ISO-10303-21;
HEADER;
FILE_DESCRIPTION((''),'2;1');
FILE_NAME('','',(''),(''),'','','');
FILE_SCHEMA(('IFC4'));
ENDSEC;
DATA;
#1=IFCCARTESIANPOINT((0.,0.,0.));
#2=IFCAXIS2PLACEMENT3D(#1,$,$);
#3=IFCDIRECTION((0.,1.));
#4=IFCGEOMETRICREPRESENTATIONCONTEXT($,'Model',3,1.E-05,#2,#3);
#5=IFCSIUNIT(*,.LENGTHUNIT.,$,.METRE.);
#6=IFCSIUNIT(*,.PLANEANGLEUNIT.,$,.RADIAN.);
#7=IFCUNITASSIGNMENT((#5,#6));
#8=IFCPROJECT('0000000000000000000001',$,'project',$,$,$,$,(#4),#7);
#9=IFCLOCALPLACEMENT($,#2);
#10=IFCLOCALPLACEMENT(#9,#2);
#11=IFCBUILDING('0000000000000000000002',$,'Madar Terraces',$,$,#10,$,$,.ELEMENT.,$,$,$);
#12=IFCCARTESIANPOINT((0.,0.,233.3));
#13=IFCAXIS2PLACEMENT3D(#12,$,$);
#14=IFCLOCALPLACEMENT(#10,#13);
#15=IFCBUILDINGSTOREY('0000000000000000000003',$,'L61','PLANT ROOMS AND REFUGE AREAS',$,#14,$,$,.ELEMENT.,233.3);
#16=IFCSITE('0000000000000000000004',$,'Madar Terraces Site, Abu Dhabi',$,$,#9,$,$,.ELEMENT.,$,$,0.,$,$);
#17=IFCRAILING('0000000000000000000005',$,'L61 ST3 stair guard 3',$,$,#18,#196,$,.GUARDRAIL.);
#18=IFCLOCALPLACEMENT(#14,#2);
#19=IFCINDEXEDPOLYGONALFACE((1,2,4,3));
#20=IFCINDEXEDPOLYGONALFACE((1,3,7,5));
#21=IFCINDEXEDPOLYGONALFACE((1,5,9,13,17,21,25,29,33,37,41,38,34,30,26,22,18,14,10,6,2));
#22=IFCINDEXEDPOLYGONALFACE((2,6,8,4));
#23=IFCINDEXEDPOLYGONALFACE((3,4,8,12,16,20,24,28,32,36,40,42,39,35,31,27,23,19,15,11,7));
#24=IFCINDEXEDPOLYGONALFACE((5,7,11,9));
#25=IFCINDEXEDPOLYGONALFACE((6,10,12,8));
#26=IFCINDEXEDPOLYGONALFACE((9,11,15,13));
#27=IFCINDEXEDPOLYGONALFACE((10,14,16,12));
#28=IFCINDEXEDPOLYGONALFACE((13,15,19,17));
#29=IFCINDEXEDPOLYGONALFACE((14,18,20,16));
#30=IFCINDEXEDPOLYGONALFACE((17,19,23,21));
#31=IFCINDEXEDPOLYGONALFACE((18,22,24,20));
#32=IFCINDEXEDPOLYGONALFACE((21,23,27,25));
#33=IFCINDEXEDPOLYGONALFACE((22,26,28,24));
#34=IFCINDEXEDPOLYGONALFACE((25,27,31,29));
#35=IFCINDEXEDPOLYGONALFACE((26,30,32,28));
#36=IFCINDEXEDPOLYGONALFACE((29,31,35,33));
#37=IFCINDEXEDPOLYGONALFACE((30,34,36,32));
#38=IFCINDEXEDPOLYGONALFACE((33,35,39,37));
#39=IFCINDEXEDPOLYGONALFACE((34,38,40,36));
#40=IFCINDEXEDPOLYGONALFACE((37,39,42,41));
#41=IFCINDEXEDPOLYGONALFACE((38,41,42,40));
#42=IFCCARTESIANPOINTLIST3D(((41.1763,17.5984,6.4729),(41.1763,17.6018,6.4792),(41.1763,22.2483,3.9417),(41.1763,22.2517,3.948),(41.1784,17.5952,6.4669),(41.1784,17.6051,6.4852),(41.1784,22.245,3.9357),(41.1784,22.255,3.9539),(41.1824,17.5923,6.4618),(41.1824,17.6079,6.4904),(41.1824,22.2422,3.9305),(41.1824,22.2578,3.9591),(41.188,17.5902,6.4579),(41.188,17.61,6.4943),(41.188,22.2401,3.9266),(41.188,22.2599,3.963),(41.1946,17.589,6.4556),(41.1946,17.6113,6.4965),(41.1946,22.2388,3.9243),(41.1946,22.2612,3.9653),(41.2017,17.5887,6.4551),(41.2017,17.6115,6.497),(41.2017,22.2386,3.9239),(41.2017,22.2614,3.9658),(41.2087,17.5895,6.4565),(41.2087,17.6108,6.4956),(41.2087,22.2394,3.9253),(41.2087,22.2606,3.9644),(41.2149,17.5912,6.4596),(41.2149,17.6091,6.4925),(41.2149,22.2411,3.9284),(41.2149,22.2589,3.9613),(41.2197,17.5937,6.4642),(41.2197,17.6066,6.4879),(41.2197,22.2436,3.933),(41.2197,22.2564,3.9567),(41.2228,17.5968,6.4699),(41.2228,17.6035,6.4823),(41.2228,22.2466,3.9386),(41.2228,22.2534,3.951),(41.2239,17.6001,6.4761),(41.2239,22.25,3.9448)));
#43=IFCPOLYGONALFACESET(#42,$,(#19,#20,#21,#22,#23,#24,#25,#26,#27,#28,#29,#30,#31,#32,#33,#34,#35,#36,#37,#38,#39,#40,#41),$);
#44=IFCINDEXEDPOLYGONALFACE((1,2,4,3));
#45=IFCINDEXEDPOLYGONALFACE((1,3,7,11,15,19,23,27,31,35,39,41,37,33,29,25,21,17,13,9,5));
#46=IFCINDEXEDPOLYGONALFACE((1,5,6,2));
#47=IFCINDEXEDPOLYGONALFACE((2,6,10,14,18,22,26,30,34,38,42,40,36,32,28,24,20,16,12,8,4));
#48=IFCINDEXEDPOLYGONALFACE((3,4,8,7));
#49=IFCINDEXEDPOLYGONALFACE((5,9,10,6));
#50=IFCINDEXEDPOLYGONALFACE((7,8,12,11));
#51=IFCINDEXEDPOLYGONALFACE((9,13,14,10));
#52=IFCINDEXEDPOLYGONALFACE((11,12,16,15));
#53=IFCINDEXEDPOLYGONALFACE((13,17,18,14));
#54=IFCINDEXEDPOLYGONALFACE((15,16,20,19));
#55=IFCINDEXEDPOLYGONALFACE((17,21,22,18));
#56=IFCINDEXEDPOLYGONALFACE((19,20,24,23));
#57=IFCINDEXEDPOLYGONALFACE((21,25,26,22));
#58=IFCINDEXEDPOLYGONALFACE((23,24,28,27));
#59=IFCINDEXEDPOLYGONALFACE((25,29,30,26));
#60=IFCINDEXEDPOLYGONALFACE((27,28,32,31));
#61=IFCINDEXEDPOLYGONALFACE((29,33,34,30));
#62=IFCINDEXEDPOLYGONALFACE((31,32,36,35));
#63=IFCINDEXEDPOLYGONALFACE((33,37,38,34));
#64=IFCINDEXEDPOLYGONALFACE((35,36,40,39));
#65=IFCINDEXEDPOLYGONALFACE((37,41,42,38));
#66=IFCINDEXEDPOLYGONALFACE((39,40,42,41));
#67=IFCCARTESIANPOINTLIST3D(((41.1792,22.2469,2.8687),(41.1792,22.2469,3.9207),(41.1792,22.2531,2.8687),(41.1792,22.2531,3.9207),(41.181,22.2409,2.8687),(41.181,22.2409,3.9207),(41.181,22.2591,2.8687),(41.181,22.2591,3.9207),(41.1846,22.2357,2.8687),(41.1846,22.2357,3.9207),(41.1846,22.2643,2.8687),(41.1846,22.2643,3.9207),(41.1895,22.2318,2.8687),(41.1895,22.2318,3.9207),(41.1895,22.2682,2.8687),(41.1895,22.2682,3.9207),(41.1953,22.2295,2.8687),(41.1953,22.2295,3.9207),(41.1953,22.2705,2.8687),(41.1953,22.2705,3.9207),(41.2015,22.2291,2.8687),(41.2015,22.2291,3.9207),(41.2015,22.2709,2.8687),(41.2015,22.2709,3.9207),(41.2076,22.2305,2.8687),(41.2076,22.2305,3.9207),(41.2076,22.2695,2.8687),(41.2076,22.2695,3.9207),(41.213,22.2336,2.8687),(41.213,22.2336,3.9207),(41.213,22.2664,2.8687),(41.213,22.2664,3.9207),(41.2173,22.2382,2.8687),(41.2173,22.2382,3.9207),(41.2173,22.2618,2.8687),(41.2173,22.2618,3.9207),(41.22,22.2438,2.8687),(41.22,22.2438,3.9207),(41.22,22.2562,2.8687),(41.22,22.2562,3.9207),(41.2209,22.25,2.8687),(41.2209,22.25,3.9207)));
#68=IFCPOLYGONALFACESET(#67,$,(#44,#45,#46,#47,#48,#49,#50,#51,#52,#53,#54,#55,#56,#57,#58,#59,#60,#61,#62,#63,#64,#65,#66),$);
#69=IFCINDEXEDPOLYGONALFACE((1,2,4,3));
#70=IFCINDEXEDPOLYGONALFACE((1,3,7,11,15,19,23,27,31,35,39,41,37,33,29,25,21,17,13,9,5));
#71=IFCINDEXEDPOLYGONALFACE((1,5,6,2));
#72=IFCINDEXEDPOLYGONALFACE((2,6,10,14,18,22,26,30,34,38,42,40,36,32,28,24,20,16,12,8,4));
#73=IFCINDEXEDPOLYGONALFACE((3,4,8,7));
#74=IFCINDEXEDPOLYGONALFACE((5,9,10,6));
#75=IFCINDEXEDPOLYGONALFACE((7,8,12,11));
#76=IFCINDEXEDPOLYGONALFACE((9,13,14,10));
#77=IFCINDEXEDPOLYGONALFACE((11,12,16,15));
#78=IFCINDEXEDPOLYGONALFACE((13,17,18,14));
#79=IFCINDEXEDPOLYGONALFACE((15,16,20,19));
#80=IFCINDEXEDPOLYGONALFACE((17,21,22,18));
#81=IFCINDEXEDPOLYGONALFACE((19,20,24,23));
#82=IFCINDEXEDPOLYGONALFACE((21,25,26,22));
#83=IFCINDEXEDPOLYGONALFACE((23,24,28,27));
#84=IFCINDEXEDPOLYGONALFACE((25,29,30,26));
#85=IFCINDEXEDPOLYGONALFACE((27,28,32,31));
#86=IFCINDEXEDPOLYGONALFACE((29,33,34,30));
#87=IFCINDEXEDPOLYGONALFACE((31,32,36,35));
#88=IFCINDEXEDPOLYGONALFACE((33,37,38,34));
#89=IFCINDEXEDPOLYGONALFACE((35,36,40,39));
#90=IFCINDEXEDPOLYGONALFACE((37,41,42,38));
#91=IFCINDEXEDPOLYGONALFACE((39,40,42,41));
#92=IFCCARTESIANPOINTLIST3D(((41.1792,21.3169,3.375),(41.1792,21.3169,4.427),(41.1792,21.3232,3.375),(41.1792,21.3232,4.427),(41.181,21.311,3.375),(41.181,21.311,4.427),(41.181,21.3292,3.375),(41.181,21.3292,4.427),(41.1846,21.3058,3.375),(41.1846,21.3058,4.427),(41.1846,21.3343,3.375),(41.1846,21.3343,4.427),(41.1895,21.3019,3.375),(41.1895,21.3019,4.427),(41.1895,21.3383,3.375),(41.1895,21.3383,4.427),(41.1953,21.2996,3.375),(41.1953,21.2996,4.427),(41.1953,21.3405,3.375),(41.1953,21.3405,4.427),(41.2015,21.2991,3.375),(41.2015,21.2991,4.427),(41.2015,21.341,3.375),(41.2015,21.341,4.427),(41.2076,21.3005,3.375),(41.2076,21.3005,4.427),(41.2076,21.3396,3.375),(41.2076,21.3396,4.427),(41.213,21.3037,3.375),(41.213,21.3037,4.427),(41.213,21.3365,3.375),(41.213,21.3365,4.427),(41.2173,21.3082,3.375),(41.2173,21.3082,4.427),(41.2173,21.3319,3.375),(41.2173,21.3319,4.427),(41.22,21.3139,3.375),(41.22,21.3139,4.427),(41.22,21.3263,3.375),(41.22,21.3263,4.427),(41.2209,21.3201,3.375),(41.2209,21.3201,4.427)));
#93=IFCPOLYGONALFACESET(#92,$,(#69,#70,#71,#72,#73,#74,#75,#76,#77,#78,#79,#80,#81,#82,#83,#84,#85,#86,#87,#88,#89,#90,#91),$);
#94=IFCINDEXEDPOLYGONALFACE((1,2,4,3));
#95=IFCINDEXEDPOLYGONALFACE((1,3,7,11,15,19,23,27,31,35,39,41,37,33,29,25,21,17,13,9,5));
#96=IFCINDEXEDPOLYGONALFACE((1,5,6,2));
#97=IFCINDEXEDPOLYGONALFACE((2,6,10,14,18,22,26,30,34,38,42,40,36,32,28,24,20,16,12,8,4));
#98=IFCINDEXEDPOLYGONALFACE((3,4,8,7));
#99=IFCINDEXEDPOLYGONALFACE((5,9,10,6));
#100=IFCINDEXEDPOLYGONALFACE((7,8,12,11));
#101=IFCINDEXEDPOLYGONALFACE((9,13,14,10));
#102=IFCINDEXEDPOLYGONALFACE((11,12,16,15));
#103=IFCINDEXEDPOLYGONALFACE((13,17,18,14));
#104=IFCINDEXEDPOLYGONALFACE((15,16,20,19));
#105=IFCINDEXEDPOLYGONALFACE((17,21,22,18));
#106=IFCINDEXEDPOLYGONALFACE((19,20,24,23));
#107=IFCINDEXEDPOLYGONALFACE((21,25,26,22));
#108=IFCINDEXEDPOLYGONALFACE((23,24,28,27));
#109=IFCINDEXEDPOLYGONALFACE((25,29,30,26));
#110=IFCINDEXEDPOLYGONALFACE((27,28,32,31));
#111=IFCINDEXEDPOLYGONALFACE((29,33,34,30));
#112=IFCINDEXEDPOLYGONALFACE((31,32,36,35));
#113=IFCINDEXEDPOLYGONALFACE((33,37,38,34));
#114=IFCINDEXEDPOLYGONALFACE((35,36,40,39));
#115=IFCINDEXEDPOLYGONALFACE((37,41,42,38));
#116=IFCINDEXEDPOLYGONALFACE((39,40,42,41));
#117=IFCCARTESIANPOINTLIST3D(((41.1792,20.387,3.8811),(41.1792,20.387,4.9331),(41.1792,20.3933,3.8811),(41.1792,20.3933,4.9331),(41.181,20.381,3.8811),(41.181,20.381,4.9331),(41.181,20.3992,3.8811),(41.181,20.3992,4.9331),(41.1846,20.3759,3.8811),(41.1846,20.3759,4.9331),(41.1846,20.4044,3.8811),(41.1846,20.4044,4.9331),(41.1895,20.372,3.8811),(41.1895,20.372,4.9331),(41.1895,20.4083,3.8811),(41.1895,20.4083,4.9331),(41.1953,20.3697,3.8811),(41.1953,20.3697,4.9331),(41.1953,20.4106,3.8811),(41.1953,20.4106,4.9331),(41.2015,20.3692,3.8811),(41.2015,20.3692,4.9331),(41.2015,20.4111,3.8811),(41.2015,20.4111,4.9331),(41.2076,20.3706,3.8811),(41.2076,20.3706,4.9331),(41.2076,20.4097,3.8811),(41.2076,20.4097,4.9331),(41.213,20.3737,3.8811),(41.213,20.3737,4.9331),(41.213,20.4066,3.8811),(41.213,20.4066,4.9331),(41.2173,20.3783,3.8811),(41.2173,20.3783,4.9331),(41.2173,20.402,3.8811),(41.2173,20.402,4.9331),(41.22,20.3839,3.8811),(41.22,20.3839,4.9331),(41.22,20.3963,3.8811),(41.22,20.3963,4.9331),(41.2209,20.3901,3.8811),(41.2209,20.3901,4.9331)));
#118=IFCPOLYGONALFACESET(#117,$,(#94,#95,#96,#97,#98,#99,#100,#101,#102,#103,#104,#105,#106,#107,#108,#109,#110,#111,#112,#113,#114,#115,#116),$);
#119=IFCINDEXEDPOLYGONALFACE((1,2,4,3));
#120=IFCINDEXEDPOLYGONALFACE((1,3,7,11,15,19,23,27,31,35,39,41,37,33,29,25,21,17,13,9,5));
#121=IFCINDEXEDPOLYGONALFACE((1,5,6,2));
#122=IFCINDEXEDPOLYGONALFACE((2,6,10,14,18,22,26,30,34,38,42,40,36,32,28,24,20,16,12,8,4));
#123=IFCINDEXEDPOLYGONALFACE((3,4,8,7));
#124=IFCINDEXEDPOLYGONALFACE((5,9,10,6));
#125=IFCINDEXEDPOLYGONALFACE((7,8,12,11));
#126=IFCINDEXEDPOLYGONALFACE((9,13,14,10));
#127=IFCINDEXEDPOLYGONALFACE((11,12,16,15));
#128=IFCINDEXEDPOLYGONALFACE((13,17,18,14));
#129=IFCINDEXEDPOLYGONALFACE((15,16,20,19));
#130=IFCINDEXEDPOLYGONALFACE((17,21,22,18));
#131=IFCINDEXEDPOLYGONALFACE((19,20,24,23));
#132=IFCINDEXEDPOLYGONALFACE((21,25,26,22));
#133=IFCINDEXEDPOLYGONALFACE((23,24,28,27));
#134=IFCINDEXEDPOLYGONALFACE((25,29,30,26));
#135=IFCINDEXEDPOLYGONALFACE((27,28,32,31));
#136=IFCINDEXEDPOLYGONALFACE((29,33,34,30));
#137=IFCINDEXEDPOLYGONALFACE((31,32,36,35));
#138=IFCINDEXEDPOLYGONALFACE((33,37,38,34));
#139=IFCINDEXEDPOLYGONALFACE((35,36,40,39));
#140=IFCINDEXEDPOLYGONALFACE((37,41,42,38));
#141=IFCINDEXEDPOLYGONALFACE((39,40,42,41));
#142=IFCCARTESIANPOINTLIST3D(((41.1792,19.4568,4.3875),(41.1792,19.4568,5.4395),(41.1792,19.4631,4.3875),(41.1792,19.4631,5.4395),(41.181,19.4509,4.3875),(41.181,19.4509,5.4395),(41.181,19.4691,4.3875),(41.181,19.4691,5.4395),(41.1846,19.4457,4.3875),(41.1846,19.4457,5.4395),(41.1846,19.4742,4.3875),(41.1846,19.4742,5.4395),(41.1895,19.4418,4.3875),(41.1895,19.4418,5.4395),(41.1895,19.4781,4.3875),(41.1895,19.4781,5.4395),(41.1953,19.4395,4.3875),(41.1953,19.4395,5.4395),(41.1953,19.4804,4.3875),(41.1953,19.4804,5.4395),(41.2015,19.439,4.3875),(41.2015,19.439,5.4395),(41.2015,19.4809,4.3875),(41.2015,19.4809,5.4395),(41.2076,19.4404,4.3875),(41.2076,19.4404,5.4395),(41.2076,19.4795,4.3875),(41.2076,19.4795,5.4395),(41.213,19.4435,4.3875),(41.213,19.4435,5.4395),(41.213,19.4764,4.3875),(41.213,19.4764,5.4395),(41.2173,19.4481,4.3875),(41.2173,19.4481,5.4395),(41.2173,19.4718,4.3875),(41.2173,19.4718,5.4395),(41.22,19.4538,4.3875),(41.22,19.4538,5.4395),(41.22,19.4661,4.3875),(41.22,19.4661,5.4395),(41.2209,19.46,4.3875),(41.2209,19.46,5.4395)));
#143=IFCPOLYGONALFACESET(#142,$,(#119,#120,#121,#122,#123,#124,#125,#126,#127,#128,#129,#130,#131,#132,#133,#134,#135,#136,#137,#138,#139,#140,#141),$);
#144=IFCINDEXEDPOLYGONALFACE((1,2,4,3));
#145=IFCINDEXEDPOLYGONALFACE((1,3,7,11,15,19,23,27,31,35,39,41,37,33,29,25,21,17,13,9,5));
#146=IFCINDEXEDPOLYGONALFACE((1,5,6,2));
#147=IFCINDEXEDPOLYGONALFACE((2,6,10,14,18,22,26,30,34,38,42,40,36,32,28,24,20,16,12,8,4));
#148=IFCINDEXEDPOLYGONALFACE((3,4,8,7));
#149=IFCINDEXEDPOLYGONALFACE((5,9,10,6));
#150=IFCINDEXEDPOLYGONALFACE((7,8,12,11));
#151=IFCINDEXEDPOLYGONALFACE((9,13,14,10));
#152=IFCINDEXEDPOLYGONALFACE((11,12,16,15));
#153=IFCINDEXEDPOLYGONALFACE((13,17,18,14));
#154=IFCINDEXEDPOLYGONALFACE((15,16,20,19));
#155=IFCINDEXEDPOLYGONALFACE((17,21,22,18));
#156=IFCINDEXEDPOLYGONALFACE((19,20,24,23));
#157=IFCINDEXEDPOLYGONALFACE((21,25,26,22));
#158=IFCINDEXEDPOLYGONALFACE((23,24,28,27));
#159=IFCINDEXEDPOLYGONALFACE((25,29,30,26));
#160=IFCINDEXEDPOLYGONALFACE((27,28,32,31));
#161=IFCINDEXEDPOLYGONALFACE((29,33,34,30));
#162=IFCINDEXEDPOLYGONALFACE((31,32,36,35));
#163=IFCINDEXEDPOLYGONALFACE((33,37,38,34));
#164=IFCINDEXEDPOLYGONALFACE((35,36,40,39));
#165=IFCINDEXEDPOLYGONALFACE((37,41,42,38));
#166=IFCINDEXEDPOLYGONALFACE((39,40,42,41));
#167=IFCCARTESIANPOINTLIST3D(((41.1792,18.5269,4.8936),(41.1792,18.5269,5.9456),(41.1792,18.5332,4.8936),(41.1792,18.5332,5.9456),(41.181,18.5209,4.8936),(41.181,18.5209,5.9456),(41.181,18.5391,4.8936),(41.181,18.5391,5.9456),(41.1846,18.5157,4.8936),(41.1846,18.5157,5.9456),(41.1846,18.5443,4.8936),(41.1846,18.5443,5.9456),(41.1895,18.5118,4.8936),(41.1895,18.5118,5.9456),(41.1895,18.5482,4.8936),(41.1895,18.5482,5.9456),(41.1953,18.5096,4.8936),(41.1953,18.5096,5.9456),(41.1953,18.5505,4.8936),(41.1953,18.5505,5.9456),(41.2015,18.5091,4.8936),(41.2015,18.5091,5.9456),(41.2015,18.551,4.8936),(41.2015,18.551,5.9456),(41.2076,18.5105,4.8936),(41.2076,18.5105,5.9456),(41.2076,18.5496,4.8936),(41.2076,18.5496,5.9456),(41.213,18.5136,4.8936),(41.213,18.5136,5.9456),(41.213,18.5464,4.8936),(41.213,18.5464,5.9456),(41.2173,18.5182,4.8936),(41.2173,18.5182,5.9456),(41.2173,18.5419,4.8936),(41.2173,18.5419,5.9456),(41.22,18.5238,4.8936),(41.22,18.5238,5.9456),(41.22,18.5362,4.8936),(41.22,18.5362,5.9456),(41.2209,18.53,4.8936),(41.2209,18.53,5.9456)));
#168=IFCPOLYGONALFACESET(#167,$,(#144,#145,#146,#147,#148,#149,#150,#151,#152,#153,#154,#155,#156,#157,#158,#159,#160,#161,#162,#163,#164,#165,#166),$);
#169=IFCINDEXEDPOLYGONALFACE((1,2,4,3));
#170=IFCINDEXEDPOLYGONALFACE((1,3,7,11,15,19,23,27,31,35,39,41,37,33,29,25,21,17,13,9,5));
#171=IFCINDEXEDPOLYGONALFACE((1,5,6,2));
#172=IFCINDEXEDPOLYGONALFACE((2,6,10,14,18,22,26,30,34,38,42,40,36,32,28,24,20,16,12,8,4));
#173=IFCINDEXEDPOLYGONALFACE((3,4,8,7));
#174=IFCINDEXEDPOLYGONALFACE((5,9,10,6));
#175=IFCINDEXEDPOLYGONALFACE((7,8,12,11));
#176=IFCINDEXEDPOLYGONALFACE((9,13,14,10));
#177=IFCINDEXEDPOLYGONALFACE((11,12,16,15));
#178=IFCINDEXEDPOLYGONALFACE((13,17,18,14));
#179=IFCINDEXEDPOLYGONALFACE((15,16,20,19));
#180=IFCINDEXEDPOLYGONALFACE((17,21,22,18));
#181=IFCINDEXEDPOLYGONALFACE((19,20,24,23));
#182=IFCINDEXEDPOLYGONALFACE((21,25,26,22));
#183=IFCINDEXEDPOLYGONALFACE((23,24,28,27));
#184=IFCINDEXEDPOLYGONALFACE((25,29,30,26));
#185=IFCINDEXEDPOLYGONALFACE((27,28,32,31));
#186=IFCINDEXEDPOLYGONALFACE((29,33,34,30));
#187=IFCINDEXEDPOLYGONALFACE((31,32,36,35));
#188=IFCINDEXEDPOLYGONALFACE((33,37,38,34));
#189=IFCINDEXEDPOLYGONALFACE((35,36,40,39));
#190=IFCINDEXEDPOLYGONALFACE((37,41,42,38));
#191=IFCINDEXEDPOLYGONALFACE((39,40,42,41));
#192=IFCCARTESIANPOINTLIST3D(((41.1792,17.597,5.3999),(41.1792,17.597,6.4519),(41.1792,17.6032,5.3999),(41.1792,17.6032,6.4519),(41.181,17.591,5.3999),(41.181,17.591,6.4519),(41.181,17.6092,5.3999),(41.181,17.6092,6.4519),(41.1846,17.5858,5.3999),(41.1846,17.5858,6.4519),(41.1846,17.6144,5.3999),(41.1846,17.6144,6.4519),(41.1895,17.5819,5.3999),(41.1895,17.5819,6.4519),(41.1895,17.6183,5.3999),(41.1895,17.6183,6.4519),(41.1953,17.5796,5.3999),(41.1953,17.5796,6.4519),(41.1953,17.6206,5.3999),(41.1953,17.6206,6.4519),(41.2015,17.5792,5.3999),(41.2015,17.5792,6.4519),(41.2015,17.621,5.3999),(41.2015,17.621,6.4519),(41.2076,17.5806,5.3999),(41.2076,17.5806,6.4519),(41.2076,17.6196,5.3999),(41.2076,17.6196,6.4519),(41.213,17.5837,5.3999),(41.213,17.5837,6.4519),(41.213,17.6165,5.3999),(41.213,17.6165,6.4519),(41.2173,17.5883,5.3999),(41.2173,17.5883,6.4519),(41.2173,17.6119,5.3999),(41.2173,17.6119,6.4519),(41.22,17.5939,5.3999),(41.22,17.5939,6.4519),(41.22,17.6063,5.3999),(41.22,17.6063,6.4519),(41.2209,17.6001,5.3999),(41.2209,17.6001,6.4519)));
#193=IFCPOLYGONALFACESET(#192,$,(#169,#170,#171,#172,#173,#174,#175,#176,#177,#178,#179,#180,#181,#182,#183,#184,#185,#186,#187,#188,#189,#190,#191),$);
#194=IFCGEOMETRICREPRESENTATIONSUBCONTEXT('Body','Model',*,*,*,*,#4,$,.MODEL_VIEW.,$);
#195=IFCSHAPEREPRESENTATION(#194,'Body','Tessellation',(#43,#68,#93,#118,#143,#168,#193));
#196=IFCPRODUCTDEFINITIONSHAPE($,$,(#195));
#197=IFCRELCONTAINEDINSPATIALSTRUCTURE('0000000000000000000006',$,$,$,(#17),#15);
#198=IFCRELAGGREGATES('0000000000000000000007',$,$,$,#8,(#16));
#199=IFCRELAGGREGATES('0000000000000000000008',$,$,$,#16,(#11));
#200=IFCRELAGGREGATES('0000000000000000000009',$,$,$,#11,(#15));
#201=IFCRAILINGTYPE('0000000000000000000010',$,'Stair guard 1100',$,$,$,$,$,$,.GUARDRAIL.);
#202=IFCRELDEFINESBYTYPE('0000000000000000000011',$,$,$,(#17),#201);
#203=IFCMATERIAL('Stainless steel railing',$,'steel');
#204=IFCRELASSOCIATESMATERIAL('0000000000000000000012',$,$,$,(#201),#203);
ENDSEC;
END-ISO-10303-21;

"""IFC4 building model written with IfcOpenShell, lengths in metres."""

from ifc_helpers import new_model, si_unit, direction, frame, origin, origin_2d, place, context, subcontext, project, spatial, circle, extrude, material, type_object, element, save


model = new_model("IFC4")

# Units and contexts
model_context = context("Model", 3, precision=1e-05, world=origin(), true_north=direction((0.0, 1.0)))
body_context = subcontext(model_context, "Body", "Model", "MODEL_VIEW")
ifc_project = project(units=[si_unit("LENGTHUNIT", "METRE"), si_unit("PLANEANGLEUNIT", "RADIAN")], contexts=[model_context])

# Site, building, storey
site_placement = place(None, origin())
site = spatial("IfcSite", under=ifc_project, at=site_placement, Name="Madar Terraces Site, Abu Dhabi", CompositionType="ELEMENT", RefElevation=0.0)
building_placement = place(site_placement, origin())
building = spatial("IfcBuilding", under=site, at=building_placement, Name="Madar Terraces", CompositionType="ELEMENT")
storey_placement = place(building_placement, frame((0.0, 0.0, 233.3)))
storey = spatial("IfcBuildingStorey", under=building, at=storey_placement, Name="L61", Description="PLANT ROOMS AND REFUGE AREAS", CompositionType="ELEMENT", Elevation=233.3)

# Railing
ifc_material_1 = material(Name="Stainless steel railing", Category="steel")
railing_type_1 = type_object("IfcRailingType", Name="Stair guard 1100", PredefinedType="GUARDRAIL", material=ifc_material_1)
railing_1_placement = place(storey_placement, frame((41.2, 22.25, 2.8687)))
element("IfcRailing", 1, at=railing_1_placement, inside=storey, type_object=railing_type_1, Name="L61 ST3 stair guard 3", PredefinedType="GUARDRAIL", context=body_context, shape_type="SweptSolid", body=[
    extrude(circle(Radius=0.0239, at=origin_2d()), frame((0.0, 0.0, 1.0762), z_axis=(0.0, -0.878297, 0.478115), x_axis=(1.0, 0.0, 0.0)), (0.0, 0.0, 1.0), 5.2942),
    extrude(circle(Radius=0.021, at=origin_2d()), origin(), (0.0, 0.0, 1.0), 1.052),
    extrude(circle(Radius=0.021, at=origin_2d()), frame((0.0, -0.9299, 0.5063)), (0.0, 0.0, 1.0), 1.052),
    extrude(circle(Radius=0.021, at=origin_2d()), frame((0.0, -1.8599, 1.0125)), (0.0, 0.0, 1.0), 1.052),
    extrude(circle(Radius=0.021, at=origin_2d()), frame((0.0, -2.79, 1.5188)), (0.0, 0.0, 1.0), 1.052),
    extrude(circle(Radius=0.021, at=origin_2d()), frame((0.0, -3.72, 2.0249)), (0.0, 0.0, 1.0), 1.052),
    extrude(circle(Radius=0.021, at=origin_2d()), frame((0.0, -4.6499, 2.5312)), (0.0, 0.0, 1.0), 1.052),
])

save(model, "model.ifc")
